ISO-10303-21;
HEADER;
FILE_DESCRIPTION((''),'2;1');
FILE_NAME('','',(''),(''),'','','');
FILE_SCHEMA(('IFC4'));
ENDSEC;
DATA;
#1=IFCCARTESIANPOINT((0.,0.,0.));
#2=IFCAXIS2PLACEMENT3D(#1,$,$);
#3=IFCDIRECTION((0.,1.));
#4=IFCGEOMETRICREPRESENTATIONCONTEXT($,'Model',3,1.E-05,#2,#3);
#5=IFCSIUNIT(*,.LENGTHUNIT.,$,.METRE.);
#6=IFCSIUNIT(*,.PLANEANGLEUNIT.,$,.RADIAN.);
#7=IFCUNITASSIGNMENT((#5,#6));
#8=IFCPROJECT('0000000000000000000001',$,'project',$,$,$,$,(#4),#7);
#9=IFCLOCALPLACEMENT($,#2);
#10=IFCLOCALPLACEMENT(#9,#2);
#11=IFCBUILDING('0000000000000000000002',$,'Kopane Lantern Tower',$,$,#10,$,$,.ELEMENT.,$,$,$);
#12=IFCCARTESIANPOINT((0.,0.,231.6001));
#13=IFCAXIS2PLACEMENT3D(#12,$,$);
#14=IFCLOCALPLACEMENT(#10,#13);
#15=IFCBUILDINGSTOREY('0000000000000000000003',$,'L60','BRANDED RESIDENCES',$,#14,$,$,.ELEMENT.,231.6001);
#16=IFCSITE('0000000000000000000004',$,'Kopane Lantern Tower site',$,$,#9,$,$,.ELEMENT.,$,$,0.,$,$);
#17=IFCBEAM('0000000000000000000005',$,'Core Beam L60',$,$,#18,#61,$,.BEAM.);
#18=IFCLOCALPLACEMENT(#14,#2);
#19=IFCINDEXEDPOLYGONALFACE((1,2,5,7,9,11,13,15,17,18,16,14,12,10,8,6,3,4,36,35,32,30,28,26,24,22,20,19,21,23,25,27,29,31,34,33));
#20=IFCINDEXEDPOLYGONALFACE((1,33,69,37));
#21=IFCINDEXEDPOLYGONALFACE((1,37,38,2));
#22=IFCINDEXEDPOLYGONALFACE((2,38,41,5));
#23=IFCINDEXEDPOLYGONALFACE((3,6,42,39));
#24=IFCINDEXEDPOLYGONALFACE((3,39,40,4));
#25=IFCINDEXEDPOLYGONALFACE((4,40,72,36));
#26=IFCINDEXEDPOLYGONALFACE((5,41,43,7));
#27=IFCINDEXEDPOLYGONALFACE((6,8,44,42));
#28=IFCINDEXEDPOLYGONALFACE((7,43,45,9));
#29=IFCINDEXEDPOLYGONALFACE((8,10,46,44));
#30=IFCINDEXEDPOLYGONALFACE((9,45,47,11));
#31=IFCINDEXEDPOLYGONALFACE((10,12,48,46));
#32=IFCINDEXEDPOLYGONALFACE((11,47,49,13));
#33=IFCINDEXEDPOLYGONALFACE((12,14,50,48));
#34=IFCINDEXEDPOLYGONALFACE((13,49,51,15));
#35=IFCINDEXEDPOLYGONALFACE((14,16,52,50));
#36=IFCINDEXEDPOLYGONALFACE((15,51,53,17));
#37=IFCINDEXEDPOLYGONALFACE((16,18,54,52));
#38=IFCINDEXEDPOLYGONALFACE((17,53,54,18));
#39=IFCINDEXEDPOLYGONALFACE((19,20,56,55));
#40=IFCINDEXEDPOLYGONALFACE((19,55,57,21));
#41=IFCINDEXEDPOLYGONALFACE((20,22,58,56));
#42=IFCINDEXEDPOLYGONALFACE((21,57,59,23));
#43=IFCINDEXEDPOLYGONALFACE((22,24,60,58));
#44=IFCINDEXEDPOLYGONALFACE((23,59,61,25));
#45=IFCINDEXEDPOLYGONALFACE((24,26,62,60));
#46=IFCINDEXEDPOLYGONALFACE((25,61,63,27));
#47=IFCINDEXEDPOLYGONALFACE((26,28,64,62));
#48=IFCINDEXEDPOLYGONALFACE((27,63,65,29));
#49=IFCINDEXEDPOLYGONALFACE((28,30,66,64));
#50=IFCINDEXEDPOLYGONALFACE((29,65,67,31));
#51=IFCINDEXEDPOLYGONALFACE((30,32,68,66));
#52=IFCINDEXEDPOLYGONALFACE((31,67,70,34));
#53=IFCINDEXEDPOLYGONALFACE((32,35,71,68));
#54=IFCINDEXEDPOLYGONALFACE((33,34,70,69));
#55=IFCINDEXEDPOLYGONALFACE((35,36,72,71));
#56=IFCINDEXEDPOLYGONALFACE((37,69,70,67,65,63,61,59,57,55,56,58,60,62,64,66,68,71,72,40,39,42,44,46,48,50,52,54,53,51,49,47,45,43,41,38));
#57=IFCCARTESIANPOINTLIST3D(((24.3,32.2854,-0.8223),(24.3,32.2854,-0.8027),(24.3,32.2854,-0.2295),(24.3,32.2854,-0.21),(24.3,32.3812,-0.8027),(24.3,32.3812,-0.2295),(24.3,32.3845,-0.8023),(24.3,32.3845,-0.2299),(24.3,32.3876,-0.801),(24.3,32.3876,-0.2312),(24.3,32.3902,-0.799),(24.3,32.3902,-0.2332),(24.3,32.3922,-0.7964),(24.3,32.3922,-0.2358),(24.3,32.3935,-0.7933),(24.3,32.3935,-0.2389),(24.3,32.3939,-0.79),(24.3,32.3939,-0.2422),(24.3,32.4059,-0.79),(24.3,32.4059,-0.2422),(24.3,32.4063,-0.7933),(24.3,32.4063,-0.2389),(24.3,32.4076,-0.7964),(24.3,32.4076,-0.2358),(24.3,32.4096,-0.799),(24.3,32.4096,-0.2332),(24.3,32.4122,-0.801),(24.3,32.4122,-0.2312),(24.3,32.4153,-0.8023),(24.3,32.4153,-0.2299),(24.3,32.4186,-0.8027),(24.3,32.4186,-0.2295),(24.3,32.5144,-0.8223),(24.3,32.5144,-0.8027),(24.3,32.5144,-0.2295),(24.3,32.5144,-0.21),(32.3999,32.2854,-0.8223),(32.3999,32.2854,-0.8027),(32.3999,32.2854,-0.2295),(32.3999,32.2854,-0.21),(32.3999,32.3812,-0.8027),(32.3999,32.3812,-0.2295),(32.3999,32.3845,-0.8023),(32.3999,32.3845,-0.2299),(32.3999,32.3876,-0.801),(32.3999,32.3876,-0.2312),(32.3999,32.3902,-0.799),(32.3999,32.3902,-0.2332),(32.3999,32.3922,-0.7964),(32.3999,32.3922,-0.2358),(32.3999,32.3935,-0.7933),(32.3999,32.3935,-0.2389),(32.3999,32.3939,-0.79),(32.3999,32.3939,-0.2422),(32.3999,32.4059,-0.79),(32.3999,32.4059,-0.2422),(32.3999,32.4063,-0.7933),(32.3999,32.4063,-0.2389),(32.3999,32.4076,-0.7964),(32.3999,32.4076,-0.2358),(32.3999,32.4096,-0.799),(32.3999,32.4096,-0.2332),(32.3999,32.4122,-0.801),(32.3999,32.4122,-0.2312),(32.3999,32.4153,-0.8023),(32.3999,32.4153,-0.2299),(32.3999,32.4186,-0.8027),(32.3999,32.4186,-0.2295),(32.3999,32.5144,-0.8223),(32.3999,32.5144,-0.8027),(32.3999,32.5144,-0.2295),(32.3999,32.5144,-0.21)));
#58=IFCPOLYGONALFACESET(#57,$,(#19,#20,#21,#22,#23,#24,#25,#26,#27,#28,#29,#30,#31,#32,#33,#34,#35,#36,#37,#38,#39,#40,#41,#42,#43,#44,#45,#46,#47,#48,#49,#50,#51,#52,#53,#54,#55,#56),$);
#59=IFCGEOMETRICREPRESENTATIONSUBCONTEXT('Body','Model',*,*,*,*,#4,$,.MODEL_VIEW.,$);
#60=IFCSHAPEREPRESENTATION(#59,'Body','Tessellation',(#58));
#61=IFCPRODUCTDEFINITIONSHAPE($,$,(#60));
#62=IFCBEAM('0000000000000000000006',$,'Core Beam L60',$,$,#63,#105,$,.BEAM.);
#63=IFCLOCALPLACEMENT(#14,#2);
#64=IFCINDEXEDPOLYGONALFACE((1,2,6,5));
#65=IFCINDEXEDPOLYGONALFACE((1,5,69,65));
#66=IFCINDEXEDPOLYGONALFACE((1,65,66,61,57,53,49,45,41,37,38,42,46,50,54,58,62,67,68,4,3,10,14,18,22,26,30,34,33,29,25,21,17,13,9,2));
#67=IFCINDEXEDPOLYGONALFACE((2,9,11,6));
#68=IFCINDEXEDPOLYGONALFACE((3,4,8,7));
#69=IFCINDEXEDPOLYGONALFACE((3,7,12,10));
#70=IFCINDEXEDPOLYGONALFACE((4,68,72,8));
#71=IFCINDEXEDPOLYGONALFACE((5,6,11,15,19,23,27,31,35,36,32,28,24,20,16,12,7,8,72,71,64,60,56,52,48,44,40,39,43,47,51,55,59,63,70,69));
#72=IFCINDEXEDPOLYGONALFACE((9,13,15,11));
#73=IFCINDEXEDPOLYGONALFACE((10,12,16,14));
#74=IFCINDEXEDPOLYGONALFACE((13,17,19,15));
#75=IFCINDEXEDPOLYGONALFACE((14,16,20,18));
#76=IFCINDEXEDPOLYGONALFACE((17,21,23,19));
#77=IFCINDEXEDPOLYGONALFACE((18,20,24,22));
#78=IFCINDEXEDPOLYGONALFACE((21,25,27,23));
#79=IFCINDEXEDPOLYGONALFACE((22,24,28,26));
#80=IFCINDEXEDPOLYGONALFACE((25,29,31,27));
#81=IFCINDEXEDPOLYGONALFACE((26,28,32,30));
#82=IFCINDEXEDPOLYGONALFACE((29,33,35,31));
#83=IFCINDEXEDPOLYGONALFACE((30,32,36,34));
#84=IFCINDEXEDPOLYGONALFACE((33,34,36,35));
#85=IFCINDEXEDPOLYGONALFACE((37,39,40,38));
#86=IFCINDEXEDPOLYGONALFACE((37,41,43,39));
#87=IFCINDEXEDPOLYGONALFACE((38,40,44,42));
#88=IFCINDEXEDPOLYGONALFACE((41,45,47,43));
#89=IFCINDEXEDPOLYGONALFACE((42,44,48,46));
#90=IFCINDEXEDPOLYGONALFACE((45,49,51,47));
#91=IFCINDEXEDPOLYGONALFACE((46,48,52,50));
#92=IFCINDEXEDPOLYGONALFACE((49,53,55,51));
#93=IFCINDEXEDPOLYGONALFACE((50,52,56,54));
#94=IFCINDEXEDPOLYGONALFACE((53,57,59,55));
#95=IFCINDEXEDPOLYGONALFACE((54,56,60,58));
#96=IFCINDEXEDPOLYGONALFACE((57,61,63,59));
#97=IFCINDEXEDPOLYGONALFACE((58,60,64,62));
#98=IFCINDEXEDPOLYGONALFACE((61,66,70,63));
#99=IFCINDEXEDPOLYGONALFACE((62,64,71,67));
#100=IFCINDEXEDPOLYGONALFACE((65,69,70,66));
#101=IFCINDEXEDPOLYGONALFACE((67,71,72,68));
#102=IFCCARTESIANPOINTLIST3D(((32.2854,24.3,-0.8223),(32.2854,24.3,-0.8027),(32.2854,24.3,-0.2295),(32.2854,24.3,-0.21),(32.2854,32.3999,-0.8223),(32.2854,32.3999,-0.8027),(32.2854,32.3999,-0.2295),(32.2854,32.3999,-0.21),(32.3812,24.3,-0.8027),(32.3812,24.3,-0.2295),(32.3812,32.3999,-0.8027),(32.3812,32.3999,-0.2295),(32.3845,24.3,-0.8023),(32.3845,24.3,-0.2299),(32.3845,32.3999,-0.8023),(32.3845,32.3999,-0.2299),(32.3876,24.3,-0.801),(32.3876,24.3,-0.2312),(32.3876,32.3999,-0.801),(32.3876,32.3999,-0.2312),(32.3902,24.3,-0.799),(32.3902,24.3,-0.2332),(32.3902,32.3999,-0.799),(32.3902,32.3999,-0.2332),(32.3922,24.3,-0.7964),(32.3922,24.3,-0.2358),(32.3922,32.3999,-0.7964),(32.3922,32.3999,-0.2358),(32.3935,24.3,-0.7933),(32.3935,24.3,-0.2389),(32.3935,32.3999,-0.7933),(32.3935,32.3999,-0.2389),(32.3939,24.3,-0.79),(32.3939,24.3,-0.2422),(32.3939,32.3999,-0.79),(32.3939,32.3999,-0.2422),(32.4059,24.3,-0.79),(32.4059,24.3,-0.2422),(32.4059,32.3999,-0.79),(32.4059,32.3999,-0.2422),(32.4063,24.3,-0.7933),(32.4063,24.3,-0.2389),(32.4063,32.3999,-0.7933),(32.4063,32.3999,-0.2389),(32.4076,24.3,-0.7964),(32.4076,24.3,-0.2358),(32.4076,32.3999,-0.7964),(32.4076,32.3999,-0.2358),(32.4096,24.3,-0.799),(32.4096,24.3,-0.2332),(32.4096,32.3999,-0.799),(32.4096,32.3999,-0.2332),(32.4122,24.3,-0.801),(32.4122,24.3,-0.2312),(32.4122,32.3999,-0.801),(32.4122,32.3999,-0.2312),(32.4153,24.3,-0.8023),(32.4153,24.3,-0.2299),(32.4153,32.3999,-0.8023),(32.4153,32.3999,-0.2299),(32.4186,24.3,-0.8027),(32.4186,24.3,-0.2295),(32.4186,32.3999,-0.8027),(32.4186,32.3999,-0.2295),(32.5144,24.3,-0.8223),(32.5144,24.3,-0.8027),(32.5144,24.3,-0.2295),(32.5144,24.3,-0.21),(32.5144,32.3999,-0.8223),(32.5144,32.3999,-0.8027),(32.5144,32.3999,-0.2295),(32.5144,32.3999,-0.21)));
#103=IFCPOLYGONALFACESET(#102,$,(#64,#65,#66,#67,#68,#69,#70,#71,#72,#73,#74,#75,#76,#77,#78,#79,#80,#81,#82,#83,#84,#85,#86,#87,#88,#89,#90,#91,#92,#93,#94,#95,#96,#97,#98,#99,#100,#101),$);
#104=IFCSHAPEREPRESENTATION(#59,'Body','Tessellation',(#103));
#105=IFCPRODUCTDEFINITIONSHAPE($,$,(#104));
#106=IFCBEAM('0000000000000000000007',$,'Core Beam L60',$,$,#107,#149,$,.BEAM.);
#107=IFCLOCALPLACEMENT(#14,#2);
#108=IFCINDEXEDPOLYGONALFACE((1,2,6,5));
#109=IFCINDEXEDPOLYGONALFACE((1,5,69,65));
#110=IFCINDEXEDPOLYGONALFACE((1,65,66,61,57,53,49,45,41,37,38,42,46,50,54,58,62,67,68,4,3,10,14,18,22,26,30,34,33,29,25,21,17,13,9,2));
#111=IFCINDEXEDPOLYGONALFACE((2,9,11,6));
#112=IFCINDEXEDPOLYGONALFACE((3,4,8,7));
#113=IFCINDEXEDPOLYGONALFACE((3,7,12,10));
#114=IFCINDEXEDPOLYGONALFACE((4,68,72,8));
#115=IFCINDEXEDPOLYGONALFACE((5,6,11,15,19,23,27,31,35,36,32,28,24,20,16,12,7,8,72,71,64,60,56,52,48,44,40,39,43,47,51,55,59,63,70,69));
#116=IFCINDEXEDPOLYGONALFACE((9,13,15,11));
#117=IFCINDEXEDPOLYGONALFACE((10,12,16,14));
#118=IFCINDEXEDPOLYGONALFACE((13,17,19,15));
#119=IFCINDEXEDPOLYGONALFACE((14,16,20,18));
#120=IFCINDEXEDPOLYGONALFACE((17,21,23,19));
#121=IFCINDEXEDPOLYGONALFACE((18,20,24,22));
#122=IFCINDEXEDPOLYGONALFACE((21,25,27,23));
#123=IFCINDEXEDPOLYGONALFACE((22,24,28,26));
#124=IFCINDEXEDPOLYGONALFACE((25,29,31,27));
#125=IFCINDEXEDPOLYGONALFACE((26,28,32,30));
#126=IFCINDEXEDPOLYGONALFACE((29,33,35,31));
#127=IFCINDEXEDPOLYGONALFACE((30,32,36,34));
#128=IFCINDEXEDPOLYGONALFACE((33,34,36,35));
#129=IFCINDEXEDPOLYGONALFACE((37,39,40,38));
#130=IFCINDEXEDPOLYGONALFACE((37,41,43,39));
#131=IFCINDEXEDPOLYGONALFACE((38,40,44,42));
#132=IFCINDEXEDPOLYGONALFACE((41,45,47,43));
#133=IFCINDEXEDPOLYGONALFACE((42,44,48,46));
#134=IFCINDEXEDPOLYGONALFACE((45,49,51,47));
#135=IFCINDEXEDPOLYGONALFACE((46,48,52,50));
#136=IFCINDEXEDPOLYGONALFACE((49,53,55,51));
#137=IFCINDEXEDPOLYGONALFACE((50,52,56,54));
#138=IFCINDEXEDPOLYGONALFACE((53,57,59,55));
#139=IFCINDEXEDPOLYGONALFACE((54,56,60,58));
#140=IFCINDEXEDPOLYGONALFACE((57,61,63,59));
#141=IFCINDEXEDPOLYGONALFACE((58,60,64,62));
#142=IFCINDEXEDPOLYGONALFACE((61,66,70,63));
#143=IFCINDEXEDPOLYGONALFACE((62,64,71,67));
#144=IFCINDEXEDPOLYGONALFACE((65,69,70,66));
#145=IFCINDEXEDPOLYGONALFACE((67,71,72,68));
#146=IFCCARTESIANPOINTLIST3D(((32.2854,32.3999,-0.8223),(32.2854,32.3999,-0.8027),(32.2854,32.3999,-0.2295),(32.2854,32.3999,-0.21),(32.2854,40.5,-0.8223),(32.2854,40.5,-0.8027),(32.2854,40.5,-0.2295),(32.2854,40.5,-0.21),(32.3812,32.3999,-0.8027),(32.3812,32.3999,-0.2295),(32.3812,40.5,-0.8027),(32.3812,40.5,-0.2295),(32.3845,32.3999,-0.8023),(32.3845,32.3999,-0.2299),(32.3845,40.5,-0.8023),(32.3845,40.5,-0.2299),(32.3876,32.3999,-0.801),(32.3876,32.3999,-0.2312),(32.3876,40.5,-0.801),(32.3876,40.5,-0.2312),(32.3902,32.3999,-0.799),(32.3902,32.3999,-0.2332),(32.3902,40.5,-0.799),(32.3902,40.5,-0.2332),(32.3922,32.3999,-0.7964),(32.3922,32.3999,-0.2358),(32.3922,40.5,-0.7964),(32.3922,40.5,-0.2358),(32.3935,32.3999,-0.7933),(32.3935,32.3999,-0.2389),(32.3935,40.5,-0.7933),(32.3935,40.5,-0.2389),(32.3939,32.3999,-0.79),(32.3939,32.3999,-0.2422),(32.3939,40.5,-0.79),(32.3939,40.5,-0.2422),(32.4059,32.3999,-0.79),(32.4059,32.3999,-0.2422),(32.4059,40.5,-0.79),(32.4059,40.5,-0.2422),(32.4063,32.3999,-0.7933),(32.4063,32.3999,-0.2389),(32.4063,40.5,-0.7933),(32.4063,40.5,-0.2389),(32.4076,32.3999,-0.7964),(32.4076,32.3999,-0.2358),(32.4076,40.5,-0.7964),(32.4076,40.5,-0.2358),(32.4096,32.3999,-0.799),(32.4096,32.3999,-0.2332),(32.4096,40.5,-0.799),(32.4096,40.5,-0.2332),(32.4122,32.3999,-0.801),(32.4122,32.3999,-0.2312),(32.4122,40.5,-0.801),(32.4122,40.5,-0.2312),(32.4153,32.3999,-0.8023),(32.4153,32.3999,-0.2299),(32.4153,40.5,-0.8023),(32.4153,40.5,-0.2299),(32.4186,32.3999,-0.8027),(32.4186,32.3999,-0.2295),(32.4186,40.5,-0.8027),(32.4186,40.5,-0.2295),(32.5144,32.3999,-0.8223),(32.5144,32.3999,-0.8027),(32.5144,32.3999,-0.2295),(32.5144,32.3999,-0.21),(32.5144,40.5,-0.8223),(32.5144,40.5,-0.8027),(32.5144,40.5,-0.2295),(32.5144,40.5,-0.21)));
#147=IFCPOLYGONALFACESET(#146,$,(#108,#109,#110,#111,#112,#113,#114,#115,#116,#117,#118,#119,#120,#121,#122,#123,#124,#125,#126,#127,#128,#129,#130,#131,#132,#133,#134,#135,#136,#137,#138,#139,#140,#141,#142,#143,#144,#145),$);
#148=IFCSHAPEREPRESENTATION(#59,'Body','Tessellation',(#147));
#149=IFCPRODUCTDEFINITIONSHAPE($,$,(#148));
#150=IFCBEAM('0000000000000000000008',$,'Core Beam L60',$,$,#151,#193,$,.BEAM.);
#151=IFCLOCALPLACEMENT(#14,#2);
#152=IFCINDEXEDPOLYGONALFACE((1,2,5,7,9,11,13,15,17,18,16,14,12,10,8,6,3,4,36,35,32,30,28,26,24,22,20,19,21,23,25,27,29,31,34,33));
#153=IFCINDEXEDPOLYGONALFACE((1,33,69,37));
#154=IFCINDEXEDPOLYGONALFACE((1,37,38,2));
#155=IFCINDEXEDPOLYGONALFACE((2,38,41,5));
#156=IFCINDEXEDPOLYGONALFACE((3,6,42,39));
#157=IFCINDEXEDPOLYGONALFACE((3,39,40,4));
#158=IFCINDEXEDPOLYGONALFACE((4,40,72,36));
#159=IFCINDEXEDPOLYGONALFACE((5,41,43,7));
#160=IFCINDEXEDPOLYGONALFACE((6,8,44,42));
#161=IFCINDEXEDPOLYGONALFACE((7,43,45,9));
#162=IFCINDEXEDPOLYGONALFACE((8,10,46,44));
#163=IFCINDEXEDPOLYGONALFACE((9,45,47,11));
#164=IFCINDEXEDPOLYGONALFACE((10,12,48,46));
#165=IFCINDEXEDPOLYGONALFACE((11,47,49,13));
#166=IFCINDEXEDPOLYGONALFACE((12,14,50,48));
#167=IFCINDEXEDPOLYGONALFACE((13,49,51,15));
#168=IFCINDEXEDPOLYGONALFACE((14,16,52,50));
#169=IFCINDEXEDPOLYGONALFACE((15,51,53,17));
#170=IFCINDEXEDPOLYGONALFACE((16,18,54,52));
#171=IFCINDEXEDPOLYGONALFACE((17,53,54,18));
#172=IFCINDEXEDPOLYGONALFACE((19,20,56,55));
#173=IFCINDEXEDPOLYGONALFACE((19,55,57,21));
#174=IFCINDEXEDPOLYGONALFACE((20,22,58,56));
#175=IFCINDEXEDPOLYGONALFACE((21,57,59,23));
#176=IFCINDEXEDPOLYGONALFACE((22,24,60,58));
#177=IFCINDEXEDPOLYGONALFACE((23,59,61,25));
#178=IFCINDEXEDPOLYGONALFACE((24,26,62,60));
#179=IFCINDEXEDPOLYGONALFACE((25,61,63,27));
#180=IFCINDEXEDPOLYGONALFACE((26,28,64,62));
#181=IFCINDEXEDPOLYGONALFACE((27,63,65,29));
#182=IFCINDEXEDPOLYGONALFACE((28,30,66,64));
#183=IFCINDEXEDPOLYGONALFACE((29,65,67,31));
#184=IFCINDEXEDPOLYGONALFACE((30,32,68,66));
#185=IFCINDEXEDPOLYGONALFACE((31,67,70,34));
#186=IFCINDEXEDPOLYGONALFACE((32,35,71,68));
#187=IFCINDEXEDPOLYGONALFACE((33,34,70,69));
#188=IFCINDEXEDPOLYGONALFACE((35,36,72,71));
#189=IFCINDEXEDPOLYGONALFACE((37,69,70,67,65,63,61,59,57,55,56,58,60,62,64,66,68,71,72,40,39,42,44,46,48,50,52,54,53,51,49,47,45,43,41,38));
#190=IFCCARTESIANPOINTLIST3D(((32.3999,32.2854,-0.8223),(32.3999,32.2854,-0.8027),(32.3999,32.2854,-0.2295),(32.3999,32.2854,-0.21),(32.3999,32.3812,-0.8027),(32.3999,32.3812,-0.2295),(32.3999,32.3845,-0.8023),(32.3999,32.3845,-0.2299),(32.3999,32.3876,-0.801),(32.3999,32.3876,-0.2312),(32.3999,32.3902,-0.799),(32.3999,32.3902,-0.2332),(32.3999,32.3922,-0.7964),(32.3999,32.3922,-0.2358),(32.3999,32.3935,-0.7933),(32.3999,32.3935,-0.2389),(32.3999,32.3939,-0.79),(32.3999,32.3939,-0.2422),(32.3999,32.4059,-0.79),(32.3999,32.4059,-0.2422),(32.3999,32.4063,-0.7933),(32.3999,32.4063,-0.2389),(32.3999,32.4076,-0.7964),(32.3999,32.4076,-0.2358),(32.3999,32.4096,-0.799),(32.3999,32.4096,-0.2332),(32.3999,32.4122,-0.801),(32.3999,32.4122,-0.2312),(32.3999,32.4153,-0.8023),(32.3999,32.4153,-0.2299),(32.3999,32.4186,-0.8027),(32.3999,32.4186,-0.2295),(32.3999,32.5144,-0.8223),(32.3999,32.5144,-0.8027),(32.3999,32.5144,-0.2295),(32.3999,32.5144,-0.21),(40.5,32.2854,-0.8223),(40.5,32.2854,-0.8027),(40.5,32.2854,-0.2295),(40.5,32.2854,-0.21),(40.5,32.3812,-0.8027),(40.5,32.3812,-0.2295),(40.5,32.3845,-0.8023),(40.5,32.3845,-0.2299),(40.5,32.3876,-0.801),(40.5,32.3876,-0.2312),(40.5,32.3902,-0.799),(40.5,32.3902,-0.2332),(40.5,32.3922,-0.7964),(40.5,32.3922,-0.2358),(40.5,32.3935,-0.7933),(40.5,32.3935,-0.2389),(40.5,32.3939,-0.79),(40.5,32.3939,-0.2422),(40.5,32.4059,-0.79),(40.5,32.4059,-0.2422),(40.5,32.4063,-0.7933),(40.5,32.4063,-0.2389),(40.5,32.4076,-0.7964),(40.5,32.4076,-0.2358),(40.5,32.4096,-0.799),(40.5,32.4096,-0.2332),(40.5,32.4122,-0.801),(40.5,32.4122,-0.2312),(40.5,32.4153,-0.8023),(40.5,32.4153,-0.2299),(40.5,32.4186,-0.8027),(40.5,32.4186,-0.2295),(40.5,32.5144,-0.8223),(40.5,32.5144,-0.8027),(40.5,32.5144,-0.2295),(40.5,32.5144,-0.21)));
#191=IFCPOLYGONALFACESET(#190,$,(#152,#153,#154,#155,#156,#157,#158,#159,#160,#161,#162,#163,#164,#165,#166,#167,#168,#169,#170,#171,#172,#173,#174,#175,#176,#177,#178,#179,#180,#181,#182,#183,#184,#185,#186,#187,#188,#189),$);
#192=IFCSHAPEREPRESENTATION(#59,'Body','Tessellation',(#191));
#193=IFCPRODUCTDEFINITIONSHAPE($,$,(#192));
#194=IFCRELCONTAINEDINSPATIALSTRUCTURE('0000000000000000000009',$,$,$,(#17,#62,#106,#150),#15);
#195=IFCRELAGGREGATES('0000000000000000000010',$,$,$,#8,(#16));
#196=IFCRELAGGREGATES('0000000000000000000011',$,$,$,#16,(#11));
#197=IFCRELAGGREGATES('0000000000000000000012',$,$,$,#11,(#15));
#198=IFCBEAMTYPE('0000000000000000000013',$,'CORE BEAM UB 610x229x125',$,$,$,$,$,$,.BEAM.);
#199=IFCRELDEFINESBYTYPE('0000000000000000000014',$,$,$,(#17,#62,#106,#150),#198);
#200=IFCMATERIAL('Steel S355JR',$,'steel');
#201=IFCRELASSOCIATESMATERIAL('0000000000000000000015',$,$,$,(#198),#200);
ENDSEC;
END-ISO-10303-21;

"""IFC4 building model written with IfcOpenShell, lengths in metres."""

from ifc_helpers import new_model, si_unit, direction, frame, origin, origin_2d, place, context, subcontext, project, spatial, i_section, extrude, material, material_profile, profile_set, type_object, element, save


model = new_model("IFC4")

# Units and contexts
model_context = context("Model", 3, precision=1e-05, world=origin(), true_north=direction((0.0, 1.0)))
body_context = subcontext(model_context, "Body", "Model", "MODEL_VIEW")
ifc_project = project(units=[si_unit("LENGTHUNIT", "METRE"), si_unit("PLANEANGLEUNIT", "RADIAN")], contexts=[model_context])

# Site, building, storey
site_placement = place(None, origin())
site = spatial("IfcSite", under=ifc_project, at=site_placement, Name="Kopane Lantern Tower site", CompositionType="ELEMENT", RefElevation=0.0)
building_placement = place(site_placement, origin())
building = spatial("IfcBuilding", under=site, at=building_placement, Name="Kopane Lantern Tower", CompositionType="ELEMENT")
storey_placement = place(building_placement, frame((0.0, 0.0, 231.6001)))
storey = spatial("IfcBuildingStorey", under=building, at=storey_placement, Name="L60", Description="BRANDED RESIDENCES", CompositionType="ELEMENT", Elevation=231.6001)

# Beams
ifc_material_1 = material(Name="Steel S355JR", Category="steel")
ifc_material_profile_1 = material_profile(ifc_material_1, i_section(OverallWidth=0.229, OverallDepth=0.6123, WebThickness=0.012, FlangeThickness=0.0195, FilletRadius=0.0127, at=origin_2d()), Name="UB 610x229x125")
ifc_profile_set_1 = profile_set([ifc_material_profile_1], Name="Steel S355JR")
beam_type_1 = type_object("IfcBeamType", Name="CORE BEAM UB 610x229x125", PredefinedType="BEAM", material=ifc_profile_set_1)
for number, where, z_axis, x_axis, name in (
    (1, (24.3, 32.3999, -0.5161), (1.0, 0.0, 0.0), (0.0, 1.0, 0.0), "Core Beam L60"),
    (2, (32.3999, 24.3, -0.5161), (0.0, 1.0, 0.0), (-1.0, 0.0, 0.0), "Core Beam L60"),
):
    element("IfcBeam", number, at=place(storey_placement, frame(where, z_axis=z_axis, x_axis=x_axis)), inside=storey, type_object=beam_type_1, Name=name, PredefinedType="BEAM", context=body_context, shape_type="SweptSolid", body=[
        extrude(i_section(OverallWidth=0.229, OverallDepth=0.6123, WebThickness=0.012, FlangeThickness=0.0195, FilletRadius=0.0127, at=origin_2d()), origin(), (0.0, 0.0, 1.0), 8.0999),
    ])
for number, where, z_axis, x_axis, name in (
    (3, (32.3999, 32.3999, -0.5161), (0.0, 1.0, 0.0), (-1.0, 0.0, 0.0), "Core Beam L60"),
    (4, (32.3999, 32.3999, -0.5161), (1.0, 0.0, 0.0), (0.0, 1.0, 0.0), "Core Beam L60"),
):
    element("IfcBeam", number, at=place(storey_placement, frame(where, z_axis=z_axis, x_axis=x_axis)), inside=storey, type_object=beam_type_1, Name=name, PredefinedType="BEAM", context=body_context, shape_type="SweptSolid", body=[
        extrude(i_section(OverallWidth=0.229, OverallDepth=0.6123, WebThickness=0.012, FlangeThickness=0.0195, FilletRadius=0.0127, at=origin_2d()), origin(), (0.0, 0.0, 1.0), 8.1001),
    ])

save(model, "model.ifc")
